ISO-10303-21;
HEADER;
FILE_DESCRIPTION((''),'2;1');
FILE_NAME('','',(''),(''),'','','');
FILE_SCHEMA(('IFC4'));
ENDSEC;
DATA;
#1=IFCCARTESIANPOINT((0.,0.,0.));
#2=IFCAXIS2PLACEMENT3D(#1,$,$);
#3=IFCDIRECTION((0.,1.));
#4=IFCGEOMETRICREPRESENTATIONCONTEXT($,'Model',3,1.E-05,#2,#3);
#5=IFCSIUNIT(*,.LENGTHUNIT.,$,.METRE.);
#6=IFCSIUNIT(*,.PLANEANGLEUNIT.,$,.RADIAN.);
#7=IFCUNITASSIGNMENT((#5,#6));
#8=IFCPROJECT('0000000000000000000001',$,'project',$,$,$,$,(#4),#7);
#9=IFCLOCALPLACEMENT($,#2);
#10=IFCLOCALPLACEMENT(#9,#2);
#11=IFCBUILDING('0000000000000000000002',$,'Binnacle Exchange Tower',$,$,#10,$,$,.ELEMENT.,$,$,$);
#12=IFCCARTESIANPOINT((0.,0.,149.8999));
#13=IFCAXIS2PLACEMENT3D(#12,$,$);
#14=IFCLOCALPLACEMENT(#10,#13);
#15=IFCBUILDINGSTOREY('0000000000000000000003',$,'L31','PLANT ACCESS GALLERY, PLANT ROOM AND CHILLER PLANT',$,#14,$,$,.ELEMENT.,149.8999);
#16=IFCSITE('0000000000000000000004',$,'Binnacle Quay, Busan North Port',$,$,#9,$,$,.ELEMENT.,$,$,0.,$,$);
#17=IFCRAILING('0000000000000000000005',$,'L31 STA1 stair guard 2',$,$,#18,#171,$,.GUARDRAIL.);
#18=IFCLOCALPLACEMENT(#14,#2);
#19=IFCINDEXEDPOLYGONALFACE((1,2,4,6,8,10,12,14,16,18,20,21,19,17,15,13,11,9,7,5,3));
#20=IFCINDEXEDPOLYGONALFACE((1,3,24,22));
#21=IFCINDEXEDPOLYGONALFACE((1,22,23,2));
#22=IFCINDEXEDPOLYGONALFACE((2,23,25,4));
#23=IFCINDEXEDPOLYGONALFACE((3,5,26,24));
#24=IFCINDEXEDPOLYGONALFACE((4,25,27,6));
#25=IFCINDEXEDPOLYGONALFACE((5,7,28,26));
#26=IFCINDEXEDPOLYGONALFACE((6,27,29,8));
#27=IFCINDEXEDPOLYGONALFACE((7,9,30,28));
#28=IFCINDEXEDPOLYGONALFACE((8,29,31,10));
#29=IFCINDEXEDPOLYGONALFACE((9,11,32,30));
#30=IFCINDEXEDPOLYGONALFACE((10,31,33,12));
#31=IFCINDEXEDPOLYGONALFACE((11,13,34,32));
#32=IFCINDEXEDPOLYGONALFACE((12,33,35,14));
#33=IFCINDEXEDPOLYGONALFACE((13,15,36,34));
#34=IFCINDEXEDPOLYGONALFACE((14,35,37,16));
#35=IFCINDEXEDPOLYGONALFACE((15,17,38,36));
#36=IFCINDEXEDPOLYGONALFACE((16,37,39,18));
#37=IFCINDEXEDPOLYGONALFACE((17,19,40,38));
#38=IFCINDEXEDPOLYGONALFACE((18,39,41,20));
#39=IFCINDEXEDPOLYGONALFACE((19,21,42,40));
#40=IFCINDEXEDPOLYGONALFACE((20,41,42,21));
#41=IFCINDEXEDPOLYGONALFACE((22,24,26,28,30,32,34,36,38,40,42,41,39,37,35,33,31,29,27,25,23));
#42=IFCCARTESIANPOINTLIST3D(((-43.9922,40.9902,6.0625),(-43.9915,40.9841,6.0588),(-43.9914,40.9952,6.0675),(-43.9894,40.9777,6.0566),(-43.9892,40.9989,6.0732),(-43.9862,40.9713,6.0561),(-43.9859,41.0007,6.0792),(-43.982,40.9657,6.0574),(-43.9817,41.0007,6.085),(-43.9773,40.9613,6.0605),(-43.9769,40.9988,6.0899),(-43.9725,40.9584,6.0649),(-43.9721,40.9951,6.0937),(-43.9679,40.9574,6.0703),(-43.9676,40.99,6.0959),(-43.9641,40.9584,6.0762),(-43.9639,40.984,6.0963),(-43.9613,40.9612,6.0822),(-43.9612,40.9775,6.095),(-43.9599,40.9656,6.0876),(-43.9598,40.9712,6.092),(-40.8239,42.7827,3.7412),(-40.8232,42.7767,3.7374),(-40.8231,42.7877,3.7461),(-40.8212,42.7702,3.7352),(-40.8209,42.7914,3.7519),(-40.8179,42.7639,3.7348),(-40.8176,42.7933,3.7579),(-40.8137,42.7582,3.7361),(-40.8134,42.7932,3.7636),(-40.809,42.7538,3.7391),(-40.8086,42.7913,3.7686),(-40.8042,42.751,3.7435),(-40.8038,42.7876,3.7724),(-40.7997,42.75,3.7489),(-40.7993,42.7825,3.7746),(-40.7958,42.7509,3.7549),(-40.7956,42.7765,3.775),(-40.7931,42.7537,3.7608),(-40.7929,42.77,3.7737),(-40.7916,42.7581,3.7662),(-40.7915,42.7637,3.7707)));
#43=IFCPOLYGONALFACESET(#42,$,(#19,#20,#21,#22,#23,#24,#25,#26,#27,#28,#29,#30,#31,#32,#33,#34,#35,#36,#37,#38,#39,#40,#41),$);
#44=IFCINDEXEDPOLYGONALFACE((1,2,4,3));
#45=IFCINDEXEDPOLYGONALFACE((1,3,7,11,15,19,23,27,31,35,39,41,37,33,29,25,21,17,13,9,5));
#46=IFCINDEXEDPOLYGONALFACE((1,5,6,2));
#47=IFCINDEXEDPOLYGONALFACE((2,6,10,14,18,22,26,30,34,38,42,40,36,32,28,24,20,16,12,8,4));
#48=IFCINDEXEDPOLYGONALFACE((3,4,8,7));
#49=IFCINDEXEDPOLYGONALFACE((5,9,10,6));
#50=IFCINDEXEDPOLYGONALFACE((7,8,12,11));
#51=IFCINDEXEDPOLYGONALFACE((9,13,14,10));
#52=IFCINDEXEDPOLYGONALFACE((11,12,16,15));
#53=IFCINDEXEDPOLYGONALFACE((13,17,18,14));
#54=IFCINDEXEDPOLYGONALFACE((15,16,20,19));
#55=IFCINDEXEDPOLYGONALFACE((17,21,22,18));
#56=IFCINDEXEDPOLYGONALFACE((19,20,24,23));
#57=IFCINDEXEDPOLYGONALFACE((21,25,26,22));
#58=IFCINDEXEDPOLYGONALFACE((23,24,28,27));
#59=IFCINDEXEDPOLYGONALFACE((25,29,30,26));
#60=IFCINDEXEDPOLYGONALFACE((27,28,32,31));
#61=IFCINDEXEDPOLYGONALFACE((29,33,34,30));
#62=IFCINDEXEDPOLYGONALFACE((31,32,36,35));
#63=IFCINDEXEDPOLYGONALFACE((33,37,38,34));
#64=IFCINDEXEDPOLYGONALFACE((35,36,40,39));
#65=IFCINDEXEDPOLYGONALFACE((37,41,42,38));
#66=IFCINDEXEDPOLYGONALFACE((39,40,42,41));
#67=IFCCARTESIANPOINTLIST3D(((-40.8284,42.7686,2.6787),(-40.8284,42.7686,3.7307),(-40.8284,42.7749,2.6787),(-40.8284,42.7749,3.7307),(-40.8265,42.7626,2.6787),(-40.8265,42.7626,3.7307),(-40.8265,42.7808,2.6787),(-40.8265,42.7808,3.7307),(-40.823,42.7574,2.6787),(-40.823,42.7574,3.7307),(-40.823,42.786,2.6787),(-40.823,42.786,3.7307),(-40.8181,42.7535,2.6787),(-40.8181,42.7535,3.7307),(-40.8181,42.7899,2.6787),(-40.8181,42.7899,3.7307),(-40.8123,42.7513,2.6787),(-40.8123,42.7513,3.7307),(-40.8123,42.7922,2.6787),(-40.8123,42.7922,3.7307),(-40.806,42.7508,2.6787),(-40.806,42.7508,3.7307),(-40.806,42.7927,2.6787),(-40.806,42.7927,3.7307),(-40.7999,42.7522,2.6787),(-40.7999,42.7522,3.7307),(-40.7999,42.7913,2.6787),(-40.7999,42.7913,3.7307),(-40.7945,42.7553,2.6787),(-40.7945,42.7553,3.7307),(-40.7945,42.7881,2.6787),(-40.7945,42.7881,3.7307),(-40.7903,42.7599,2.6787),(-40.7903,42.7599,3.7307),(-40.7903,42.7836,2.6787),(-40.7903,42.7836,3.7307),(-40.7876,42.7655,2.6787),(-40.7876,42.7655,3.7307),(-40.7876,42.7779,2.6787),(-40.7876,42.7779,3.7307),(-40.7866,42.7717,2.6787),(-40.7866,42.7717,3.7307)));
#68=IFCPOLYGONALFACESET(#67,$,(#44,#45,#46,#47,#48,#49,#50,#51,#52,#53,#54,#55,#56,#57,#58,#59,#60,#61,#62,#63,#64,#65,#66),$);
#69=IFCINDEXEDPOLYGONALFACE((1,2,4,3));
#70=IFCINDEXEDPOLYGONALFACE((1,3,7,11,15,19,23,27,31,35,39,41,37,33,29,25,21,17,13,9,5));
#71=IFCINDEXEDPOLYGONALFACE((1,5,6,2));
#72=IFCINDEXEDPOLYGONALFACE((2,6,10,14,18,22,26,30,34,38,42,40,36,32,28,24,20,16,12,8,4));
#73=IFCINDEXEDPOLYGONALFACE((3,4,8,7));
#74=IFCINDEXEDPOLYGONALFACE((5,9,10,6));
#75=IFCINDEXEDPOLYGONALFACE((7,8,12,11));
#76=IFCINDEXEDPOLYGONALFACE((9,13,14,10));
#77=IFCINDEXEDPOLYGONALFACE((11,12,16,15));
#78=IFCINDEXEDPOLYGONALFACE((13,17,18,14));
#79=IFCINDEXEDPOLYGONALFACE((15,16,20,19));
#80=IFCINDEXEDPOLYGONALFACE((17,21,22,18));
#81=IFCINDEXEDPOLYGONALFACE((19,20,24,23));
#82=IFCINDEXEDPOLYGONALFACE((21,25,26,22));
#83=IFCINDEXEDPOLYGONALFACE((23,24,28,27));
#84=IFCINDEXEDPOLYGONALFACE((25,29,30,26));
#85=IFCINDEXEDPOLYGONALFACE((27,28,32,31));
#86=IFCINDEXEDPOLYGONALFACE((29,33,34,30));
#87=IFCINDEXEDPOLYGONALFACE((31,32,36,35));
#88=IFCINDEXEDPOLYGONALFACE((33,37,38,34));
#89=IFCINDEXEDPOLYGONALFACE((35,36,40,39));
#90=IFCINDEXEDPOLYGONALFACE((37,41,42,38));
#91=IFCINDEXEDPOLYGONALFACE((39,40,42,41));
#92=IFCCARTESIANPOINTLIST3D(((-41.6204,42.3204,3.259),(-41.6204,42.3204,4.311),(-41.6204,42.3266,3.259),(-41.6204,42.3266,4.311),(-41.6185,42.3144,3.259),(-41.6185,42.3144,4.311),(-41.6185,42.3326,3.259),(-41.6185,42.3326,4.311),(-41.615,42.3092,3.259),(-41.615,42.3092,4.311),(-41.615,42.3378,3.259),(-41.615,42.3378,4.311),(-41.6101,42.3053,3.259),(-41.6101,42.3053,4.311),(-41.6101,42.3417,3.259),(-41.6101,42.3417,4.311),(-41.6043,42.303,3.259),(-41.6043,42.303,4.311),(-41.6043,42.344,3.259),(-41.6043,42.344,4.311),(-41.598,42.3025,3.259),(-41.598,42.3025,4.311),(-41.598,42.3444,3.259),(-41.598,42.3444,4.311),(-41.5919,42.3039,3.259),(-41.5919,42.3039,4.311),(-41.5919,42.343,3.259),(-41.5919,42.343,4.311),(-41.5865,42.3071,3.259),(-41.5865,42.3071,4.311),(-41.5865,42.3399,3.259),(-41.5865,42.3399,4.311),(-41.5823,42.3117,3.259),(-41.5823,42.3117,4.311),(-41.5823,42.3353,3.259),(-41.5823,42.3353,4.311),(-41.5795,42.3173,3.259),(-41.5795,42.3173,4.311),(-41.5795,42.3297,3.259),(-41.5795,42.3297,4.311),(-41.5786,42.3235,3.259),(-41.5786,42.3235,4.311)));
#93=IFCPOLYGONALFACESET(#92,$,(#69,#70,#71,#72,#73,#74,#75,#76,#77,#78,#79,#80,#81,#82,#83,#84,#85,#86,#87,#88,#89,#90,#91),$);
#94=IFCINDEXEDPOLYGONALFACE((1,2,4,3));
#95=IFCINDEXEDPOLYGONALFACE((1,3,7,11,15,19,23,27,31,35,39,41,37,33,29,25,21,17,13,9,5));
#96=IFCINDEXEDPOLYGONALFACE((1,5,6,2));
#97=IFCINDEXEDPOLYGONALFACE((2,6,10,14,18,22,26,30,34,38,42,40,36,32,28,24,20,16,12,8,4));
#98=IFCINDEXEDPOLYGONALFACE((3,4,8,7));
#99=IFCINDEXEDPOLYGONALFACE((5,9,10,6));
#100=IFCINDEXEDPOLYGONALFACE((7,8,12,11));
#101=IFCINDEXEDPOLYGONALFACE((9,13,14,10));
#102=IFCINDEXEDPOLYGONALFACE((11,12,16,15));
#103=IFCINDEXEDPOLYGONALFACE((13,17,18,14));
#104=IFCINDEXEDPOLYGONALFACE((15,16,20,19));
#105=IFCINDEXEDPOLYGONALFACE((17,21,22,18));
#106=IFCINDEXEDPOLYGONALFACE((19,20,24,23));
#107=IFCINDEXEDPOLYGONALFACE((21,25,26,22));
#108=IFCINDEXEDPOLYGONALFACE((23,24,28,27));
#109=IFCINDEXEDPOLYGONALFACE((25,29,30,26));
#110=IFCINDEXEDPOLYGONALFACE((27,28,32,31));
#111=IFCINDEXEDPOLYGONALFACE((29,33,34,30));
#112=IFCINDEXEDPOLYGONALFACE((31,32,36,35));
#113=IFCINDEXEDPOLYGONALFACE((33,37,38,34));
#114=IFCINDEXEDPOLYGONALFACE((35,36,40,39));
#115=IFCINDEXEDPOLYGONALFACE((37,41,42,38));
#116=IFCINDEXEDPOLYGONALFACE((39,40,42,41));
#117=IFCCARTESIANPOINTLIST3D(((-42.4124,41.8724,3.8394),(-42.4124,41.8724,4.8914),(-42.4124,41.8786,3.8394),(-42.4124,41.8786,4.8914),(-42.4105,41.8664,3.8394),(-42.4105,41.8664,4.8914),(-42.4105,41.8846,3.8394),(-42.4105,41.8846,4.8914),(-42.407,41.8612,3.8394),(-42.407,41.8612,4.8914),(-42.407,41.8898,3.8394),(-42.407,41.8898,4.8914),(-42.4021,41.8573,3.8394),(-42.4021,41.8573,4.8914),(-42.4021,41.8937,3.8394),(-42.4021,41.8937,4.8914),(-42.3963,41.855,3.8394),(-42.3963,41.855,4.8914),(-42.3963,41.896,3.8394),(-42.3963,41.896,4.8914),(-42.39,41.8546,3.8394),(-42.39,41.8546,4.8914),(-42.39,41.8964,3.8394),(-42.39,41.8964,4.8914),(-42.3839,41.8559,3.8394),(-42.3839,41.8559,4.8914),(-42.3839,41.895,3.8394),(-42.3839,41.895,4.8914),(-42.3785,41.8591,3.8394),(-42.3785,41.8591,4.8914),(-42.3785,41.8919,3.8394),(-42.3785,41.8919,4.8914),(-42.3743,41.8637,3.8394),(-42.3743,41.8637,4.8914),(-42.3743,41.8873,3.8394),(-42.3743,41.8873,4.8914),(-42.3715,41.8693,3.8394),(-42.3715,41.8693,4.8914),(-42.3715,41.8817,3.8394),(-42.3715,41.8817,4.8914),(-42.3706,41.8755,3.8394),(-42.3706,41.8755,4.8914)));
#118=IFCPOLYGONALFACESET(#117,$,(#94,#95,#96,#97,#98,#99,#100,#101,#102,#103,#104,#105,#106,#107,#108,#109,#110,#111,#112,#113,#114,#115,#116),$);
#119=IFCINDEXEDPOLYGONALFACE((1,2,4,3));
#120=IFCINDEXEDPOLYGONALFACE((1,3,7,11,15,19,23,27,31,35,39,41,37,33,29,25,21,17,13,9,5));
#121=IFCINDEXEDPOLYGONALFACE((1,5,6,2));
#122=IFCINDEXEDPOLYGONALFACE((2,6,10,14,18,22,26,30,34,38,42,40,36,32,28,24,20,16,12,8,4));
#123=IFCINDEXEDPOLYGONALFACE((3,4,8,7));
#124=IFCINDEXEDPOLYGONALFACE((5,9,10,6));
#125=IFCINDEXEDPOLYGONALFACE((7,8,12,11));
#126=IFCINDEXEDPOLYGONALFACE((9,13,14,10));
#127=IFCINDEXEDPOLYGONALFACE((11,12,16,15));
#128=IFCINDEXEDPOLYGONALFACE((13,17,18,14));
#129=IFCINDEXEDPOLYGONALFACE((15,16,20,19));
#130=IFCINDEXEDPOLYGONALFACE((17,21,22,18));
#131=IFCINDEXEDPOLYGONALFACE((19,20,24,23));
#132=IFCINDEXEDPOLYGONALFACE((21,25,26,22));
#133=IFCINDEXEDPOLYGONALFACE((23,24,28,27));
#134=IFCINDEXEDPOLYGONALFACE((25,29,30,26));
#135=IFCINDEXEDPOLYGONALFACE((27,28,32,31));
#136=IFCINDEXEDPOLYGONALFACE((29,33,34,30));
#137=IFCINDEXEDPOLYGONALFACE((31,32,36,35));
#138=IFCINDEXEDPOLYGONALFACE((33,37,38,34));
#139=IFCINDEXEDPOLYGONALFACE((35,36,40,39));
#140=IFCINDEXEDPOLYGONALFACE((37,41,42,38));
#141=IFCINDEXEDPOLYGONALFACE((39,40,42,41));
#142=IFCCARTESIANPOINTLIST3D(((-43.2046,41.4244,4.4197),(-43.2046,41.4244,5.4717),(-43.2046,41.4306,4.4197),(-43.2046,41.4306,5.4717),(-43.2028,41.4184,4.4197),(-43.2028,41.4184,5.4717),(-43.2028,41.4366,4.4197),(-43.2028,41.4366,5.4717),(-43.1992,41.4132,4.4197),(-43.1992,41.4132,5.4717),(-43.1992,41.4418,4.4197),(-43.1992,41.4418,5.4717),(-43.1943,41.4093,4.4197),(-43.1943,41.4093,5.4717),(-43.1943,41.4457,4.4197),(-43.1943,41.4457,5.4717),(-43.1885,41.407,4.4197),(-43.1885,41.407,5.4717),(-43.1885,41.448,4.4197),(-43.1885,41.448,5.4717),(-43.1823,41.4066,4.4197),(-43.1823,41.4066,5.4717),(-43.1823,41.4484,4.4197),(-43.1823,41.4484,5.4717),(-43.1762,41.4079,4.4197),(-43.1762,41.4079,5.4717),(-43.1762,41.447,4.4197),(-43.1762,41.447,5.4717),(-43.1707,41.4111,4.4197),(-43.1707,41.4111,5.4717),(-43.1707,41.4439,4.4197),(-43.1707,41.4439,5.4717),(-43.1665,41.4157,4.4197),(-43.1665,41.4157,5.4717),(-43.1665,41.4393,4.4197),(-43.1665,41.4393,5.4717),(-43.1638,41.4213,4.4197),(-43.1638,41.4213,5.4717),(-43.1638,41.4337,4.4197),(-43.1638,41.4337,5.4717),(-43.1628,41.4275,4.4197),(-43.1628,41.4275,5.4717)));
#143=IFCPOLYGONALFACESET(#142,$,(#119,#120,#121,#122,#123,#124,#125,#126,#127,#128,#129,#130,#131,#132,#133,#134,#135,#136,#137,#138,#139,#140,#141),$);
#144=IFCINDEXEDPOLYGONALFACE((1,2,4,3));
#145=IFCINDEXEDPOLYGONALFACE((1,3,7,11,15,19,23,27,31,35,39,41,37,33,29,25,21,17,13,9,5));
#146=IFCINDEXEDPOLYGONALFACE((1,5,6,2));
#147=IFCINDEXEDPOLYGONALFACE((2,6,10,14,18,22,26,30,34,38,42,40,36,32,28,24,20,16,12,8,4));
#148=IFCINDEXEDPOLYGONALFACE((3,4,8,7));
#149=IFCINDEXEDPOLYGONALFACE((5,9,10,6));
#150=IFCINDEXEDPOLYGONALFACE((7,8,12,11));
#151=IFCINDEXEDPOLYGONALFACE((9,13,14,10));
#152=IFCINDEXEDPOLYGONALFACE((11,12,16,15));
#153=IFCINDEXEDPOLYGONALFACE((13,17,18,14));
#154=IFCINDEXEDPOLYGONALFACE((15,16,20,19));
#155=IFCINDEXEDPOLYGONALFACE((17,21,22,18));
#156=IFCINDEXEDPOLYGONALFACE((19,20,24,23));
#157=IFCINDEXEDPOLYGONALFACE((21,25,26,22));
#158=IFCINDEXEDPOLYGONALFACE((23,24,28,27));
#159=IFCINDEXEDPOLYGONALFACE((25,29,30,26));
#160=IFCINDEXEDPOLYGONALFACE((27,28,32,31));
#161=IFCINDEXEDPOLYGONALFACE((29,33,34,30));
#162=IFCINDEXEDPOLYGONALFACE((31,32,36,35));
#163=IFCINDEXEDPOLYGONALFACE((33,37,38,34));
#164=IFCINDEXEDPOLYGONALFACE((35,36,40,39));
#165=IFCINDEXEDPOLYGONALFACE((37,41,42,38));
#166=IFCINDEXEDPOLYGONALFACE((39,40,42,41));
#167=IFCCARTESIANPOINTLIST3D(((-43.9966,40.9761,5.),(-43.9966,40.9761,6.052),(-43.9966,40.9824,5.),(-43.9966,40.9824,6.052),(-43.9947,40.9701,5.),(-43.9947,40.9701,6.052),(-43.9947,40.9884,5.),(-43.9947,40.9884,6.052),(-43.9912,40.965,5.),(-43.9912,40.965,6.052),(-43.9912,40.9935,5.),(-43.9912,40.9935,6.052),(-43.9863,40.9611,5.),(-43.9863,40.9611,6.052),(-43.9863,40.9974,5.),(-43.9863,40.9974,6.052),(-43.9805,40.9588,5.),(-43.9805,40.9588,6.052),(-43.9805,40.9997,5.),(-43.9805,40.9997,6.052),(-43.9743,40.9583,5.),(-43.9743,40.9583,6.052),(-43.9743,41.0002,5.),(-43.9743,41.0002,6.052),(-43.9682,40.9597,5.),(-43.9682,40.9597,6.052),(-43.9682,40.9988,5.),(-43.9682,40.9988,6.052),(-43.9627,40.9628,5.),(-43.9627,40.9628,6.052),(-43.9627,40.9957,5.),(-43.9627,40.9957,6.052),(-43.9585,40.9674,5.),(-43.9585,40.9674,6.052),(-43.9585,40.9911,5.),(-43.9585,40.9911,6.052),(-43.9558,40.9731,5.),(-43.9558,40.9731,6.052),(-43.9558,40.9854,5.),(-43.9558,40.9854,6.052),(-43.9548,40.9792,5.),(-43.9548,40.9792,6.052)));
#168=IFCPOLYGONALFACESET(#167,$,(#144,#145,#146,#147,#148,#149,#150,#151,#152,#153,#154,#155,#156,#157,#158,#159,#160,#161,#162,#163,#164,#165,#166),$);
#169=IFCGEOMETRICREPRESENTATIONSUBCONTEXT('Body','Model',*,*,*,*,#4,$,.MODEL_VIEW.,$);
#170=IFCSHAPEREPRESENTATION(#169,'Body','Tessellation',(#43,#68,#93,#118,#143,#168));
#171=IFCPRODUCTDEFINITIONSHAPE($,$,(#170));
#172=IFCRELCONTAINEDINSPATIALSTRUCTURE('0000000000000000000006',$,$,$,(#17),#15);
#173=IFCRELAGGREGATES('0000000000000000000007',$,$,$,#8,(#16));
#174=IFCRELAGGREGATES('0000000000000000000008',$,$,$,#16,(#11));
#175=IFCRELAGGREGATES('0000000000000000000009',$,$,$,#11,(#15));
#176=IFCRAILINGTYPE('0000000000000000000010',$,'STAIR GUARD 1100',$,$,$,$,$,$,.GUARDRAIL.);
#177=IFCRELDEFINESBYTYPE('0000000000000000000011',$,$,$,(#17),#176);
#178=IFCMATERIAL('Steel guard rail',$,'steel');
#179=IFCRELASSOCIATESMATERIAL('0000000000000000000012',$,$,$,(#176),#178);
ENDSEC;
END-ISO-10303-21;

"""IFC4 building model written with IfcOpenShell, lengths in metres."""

from ifc_helpers import new_model, si_unit, direction, frame, origin, origin_2d, place, context, subcontext, project, spatial, circle, extrude, material, type_object, element, save


model = new_model("IFC4")

# Units and contexts
model_context = context("Model", 3, precision=1e-05, world=origin(), true_north=direction((0.0, 1.0)))
body_context = subcontext(model_context, "Body", "Model", "MODEL_VIEW")
ifc_project = project(units=[si_unit("LENGTHUNIT", "METRE"), si_unit("PLANEANGLEUNIT", "RADIAN")], contexts=[model_context])

# Site, building, storey
site_placement = place(None, origin())
site = spatial("IfcSite", under=ifc_project, at=site_placement, Name="Binnacle Quay, Busan North Port", CompositionType="ELEMENT", RefElevation=0.0)
building_placement = place(site_placement, origin())
building = spatial("IfcBuilding", under=site, at=building_placement, Name="Binnacle Exchange Tower", CompositionType="ELEMENT")
storey_placement = place(building_placement, frame((0.0, 0.0, 149.8999)))
storey = spatial("IfcBuildingStorey", under=building, at=storey_placement, Name="L31", Description="PLANT ACCESS GALLERY, PLANT ROOM AND CHILLER PLANT", CompositionType="ELEMENT", Elevation=149.8999)

# Railing
ifc_material_1 = material(Name="Steel guard rail", Category="steel")
railing_type_1 = type_object("IfcRailingType", Name="STAIR GUARD 1100", PredefinedType="GUARDRAIL", material=ifc_material_1)
railing_1_placement = place(storey_placement, frame((-40.8076, 42.7717, 2.6787)))
element("IfcRailing", 1, at=railing_1_placement, inside=storey, type_object=railing_type_1, Name="L31 STA1 stair guard 2", PredefinedType="GUARDRAIL", context=body_context, shape_type="SweptSolid", body=[
    extrude(circle(Radius=0.0239, at=origin_2d()), frame((0.0, 0.0, 1.0762), z_axis=(-0.733844, -0.415187, 0.537673), x_axis=(0.492422, -0.870357, 0.0)), (0.0, 0.0, 1.0), 4.3174),
    extrude(circle(Radius=0.021, at=origin_2d()), origin(), (0.0, 0.0, 1.0), 1.052),
    extrude(circle(Radius=0.021, at=origin_2d()), frame((-0.792, -0.4482, 0.5803)), (0.0, 0.0, 1.0), 1.052),
    extrude(circle(Radius=0.021, at=origin_2d()), frame((-1.584, -0.8962, 1.1606)), (0.0, 0.0, 1.0), 1.052),
    extrude(circle(Radius=0.021, at=origin_2d()), frame((-2.3762, -1.3442, 1.741)), (0.0, 0.0, 1.0), 1.052),
    extrude(circle(Radius=0.021, at=origin_2d()), frame((-3.1682, -1.7925, 2.3213)), (0.0, 0.0, 1.0), 1.052),
])

save(model, "model.ifc")
